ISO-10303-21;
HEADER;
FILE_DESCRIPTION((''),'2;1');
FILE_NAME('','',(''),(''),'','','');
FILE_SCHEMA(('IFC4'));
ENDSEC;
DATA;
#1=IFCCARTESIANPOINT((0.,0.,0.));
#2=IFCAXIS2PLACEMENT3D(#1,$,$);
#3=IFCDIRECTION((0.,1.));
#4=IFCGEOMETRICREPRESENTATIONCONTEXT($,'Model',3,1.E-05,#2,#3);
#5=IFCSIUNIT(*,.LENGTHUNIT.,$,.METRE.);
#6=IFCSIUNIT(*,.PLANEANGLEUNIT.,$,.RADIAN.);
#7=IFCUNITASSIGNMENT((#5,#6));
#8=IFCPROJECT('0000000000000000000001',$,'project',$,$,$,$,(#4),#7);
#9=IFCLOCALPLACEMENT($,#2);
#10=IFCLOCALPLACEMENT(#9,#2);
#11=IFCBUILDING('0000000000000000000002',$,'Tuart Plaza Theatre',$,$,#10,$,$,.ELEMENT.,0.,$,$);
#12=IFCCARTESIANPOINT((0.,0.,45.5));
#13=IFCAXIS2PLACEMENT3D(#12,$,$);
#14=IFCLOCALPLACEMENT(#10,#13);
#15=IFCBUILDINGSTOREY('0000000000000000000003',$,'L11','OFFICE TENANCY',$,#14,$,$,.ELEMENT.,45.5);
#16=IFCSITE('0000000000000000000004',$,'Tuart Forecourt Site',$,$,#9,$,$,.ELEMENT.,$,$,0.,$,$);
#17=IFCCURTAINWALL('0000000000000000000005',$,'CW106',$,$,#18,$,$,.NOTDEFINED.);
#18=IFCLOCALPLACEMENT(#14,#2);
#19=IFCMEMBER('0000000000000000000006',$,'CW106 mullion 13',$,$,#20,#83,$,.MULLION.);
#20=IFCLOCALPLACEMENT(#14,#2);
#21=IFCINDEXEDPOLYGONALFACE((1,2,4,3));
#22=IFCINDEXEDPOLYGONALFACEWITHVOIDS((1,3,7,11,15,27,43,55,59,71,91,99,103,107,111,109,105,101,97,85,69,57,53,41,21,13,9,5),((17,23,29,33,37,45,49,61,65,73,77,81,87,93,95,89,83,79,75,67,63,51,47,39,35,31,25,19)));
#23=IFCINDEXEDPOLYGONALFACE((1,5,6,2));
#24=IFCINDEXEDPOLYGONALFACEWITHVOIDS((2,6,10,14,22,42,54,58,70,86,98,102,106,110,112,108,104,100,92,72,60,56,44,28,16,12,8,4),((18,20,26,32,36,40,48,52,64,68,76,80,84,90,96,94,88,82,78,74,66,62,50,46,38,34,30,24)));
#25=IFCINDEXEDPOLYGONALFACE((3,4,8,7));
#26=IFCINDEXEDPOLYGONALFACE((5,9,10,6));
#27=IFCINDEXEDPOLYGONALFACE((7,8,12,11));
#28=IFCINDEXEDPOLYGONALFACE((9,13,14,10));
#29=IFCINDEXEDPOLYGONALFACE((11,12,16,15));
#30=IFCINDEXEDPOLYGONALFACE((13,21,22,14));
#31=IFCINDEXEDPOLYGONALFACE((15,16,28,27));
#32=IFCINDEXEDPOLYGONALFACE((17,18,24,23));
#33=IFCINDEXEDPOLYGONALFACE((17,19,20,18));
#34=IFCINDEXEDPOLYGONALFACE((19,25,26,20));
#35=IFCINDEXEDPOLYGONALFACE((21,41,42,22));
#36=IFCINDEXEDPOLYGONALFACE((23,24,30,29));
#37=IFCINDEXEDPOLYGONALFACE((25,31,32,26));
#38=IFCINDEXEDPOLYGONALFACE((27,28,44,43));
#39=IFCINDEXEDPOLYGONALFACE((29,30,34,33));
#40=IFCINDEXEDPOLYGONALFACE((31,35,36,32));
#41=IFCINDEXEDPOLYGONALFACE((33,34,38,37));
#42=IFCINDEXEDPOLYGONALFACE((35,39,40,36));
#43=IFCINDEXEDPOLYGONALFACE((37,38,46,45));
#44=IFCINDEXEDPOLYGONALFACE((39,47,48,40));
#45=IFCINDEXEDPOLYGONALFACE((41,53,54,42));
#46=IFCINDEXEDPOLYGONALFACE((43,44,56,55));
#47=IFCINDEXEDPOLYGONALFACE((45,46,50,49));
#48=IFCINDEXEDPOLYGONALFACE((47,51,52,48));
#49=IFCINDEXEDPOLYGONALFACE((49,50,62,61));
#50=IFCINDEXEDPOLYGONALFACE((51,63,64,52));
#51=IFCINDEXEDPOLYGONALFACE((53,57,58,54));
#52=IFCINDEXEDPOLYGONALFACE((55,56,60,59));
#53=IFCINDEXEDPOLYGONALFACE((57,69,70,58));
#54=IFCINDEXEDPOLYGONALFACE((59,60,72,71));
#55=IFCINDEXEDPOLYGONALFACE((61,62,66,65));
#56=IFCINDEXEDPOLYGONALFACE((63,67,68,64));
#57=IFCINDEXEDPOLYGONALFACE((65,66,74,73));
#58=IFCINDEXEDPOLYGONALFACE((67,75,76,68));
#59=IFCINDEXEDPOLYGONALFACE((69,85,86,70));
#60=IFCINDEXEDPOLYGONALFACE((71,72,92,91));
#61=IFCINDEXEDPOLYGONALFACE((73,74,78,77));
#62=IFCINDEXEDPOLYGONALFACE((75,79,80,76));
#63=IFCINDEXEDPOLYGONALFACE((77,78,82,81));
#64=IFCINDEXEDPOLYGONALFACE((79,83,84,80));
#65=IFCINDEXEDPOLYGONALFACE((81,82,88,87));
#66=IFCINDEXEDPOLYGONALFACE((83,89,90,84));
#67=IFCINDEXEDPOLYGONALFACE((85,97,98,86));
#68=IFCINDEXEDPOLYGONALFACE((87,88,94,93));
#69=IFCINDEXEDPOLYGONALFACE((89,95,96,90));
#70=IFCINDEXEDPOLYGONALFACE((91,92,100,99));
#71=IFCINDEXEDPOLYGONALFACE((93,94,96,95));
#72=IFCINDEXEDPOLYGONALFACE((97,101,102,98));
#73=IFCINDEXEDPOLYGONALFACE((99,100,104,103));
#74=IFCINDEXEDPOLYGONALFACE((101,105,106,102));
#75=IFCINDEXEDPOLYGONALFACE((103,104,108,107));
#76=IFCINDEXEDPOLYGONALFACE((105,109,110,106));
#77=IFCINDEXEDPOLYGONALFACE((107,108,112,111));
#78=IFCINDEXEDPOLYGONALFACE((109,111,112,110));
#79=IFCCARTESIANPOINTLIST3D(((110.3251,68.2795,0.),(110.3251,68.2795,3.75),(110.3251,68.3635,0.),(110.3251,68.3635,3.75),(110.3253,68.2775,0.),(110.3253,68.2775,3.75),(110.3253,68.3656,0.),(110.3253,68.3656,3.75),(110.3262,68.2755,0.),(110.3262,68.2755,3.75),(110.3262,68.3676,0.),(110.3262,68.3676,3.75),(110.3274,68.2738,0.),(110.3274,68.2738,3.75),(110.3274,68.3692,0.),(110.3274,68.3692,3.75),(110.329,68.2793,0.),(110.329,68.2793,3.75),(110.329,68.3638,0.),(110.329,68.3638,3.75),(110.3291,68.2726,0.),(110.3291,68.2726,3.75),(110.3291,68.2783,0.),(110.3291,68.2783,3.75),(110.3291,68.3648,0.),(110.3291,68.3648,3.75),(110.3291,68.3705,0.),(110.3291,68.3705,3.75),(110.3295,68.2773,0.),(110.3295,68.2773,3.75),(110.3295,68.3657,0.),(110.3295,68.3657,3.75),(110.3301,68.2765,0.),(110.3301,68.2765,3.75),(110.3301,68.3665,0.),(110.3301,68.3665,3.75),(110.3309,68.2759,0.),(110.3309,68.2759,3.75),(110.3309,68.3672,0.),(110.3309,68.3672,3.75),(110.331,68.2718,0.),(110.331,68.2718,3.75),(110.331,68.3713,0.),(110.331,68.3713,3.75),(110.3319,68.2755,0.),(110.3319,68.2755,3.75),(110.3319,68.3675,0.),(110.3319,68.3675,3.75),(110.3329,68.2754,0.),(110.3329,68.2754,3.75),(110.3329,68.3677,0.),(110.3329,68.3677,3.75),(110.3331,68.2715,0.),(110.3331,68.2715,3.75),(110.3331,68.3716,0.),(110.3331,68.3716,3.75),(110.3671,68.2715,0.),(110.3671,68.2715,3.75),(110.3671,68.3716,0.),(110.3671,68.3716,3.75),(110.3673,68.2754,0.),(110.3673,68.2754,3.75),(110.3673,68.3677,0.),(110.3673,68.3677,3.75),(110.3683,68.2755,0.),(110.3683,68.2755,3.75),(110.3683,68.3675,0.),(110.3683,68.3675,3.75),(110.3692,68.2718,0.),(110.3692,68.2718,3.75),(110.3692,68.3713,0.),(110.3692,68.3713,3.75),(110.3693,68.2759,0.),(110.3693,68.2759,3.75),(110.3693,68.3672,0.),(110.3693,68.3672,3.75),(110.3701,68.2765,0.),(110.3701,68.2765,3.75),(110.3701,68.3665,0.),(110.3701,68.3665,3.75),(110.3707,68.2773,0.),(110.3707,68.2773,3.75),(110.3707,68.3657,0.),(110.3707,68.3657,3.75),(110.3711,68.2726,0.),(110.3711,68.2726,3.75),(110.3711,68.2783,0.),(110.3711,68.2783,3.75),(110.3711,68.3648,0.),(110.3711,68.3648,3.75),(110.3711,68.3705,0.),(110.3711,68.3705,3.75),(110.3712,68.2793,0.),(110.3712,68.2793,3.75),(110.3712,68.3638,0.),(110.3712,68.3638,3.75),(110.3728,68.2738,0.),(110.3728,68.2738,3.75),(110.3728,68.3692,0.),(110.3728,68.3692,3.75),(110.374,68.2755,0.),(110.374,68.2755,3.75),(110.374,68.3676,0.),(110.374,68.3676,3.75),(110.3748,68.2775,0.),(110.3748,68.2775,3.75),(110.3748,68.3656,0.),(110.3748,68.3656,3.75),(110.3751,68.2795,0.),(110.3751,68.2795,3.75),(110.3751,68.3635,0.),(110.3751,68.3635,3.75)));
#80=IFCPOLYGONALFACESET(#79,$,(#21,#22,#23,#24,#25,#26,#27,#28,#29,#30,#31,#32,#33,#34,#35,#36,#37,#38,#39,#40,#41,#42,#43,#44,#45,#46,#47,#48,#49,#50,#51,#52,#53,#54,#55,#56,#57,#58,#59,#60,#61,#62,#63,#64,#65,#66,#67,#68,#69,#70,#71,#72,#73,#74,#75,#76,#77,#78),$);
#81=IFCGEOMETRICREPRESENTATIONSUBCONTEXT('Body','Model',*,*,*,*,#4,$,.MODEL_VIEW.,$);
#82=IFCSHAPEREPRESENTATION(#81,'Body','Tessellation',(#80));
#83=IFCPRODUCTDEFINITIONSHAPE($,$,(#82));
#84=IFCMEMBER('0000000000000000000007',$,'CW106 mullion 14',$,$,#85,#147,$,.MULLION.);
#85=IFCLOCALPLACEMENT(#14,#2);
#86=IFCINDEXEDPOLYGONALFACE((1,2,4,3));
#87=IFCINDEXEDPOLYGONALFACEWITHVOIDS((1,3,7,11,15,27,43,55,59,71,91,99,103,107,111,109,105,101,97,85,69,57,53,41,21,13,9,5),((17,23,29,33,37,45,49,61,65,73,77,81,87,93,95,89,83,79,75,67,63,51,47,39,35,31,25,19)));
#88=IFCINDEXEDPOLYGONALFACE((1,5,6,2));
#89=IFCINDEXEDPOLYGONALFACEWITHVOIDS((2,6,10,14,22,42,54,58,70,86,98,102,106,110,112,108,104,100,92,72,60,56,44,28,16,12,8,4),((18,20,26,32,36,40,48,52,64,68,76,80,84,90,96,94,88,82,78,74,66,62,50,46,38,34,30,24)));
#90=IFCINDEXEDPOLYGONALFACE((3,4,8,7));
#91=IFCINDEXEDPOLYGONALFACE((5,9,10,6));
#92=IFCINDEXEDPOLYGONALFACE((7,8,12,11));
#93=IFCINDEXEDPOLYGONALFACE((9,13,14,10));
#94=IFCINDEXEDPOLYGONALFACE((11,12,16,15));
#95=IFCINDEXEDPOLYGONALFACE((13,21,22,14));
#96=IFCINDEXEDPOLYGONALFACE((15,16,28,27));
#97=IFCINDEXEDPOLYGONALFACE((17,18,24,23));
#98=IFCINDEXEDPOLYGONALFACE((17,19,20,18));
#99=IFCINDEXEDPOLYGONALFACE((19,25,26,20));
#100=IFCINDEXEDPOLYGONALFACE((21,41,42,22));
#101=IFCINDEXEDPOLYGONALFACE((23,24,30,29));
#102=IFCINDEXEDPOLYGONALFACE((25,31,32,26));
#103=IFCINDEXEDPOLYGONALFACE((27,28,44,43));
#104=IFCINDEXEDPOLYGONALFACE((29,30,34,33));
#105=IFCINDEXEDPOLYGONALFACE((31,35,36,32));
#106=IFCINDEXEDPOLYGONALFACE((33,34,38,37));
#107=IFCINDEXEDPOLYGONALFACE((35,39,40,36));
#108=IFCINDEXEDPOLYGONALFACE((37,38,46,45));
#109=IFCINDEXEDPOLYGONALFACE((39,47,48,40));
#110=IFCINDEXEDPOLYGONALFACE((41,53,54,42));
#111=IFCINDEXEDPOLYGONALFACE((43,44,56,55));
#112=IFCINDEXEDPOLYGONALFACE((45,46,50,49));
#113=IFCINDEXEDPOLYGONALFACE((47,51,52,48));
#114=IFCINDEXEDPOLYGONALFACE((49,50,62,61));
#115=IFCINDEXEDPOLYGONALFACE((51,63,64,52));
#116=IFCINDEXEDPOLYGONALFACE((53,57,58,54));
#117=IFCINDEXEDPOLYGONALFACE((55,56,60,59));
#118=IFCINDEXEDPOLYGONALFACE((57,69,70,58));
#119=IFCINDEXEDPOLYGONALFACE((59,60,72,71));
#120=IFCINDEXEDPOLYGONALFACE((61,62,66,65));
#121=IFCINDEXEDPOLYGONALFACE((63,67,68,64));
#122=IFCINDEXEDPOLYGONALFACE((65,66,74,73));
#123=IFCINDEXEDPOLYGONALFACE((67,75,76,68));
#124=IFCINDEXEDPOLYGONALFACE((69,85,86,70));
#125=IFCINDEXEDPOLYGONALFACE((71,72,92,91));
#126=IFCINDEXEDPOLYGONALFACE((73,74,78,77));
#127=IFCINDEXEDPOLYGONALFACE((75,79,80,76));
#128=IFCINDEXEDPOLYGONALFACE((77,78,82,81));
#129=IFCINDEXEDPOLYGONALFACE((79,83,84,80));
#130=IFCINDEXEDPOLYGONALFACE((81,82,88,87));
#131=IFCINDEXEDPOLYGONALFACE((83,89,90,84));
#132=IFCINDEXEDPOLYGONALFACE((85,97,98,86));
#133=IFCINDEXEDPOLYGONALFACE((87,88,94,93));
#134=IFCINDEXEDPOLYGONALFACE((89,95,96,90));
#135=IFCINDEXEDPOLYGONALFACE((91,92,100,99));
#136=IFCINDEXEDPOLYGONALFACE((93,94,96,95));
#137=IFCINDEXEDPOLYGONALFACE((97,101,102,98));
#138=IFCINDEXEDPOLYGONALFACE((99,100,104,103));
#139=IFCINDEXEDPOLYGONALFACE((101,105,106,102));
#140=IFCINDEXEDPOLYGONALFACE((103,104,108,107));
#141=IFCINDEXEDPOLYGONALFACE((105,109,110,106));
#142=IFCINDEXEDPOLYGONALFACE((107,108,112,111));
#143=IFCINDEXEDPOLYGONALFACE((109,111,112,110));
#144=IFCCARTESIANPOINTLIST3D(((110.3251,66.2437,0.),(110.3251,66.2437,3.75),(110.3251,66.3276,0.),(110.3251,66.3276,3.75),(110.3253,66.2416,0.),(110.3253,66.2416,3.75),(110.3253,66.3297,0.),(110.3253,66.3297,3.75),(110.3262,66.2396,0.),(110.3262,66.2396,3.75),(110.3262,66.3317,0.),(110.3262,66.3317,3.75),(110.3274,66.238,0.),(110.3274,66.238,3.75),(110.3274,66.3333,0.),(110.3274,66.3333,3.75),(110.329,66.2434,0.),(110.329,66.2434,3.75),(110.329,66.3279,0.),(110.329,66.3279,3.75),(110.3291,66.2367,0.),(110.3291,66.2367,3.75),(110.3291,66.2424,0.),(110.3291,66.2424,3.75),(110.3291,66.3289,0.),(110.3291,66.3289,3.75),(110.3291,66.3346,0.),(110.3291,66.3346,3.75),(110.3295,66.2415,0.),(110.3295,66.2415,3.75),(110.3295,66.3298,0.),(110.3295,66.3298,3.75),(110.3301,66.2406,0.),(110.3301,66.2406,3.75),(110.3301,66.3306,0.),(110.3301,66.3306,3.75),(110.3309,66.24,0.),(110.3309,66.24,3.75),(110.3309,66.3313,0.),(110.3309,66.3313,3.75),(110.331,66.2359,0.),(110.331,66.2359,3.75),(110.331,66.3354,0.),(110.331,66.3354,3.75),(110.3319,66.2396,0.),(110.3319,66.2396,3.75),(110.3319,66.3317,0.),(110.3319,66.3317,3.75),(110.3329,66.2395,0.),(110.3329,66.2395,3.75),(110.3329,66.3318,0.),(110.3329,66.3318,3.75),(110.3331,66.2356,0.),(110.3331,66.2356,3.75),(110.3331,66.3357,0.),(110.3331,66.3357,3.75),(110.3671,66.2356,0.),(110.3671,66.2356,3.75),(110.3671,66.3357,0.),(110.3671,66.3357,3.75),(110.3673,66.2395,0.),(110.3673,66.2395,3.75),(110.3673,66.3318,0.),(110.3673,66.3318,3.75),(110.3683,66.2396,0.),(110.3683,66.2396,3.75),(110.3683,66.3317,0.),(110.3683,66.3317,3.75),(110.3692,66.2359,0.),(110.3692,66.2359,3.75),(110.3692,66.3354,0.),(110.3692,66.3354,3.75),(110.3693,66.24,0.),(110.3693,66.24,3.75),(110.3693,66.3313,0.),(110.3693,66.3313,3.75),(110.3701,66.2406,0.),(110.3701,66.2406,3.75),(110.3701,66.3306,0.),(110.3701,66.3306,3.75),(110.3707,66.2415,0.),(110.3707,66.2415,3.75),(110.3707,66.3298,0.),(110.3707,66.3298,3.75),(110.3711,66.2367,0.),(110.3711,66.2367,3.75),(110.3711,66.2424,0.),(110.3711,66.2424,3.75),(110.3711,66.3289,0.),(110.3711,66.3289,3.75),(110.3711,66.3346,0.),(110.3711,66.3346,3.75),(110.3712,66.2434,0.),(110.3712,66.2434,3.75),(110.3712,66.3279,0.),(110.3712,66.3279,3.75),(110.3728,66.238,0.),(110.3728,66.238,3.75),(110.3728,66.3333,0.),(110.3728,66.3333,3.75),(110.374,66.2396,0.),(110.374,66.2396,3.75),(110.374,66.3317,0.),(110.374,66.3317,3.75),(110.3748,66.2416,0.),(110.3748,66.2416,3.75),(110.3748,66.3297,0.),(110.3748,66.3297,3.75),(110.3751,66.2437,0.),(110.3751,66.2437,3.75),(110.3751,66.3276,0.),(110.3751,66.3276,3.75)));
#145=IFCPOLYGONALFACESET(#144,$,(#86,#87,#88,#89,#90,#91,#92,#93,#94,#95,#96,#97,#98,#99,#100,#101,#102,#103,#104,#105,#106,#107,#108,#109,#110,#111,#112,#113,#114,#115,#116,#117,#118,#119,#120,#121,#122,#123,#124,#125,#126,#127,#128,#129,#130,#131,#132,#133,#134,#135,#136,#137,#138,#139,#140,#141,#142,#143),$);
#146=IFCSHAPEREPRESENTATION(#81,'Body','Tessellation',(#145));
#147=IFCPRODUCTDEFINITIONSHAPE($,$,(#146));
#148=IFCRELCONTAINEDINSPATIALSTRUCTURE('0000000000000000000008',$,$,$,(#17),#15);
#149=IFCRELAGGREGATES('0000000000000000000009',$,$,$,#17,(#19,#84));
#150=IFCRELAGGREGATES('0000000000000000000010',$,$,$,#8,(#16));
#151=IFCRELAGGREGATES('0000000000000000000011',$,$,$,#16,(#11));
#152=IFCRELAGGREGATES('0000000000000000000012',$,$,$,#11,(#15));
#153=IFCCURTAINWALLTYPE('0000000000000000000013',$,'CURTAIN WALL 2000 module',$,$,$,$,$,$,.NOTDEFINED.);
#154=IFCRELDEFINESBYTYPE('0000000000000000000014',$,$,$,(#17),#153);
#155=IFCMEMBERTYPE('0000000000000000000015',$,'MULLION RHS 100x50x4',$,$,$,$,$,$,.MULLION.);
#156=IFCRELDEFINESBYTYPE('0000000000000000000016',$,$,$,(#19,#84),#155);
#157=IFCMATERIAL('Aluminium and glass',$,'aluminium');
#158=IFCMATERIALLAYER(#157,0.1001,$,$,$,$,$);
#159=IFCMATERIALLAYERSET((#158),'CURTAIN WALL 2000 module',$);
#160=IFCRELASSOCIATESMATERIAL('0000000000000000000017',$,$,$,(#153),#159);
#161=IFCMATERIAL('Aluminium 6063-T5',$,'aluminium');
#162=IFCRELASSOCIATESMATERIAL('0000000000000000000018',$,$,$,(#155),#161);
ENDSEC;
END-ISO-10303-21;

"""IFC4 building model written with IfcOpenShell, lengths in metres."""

from ifc_helpers import new_model, si_unit, direction, frame, origin, origin_2d, place, context, subcontext, project, spatial, hollow_rectangle, extrude, material, layer, layer_set, material_profile, profile_set, type_object, element, aggregate, save


model = new_model("IFC4")

# Units and contexts
model_context = context("Model", 3, precision=1e-05, world=origin(), true_north=direction((0.0, 1.0)))
body_context = subcontext(model_context, "Body", "Model", "MODEL_VIEW")
ifc_project = project(units=[si_unit("LENGTHUNIT", "METRE"), si_unit("PLANEANGLEUNIT", "RADIAN")], contexts=[model_context])

# Site, building, storey
site_placement = place(None, origin())
site = spatial("IfcSite", under=ifc_project, at=site_placement, Name="Tuart Forecourt Site", CompositionType="ELEMENT", RefElevation=0.0)
building_placement = place(site_placement, origin())
building = spatial("IfcBuilding", under=site, at=building_placement, Name="Tuart Plaza Theatre", CompositionType="ELEMENT", ElevationOfRefHeight=0.0)
storey_placement = place(building_placement, frame((0.0, 0.0, 45.5)))
storey = spatial("IfcBuildingStorey", under=building, at=storey_placement, Name="L11", Description="OFFICE TENANCY", CompositionType="ELEMENT", Elevation=45.5)

# Curtain wall, members
ifc_material_1 = material(Name="Aluminium and glass", Category="aluminium")
ifc_layer_1 = layer(ifc_material_1, 0.1001)
ifc_layer_set_1 = layer_set([ifc_layer_1], Name="CURTAIN WALL 2000 module")
curtain_wall_type = type_object("IfcCurtainWallType", Name="CURTAIN WALL 2000 module", PredefinedType="NOTDEFINED", material=ifc_layer_set_1)
curtain_wall_placement = place(storey_placement, origin())
curtain_wall = element("IfcCurtainWall", 1, at=curtain_wall_placement, inside=storey, type_object=curtain_wall_type, Name="CW106", PredefinedType="NOTDEFINED")
ifc_material_2 = material(Name="Aluminium 6063-T5", Category="aluminium")
ifc_material_profile_1 = material_profile(ifc_material_2, hollow_rectangle(XDim=0.05, YDim=0.1001, WallThickness=0.0039, InnerFilletRadius=0.0039, OuterFilletRadius=0.0081, at=origin_2d()), Name="RHS 100x50x4")
ifc_profile_set_1 = profile_set([ifc_material_profile_1], Name="Aluminium 6063-T5")
member_type_1 = type_object("IfcMemberType", Name="MULLION RHS 100x50x4", PredefinedType="MULLION", material=ifc_profile_set_1)
member_1_placement = place(storey_placement, frame((110.3501, 68.3215, 0.0), z_axis=(0.0, 0.0, 1.0), x_axis=(1.0, 0.0, 0.0)))
member_1 = element("IfcMember", 2, at=member_1_placement, type_object=member_type_1, Name="CW106 mullion 13", PredefinedType="MULLION", context=body_context, shape_type="SweptSolid", body=[
    extrude(hollow_rectangle(XDim=0.05, YDim=0.1001, WallThickness=0.0039, InnerFilletRadius=0.0039, OuterFilletRadius=0.0081, at=origin_2d()), origin(), (0.0, 0.0, 1.0), 3.75),
])
member_2_placement = place(storey_placement, frame((110.3501, 66.2856, 0.0), z_axis=(0.0, 0.0, 1.0), x_axis=(1.0, 0.0, 0.0)))
member_2 = element("IfcMember", 3, at=member_2_placement, type_object=member_type_1, Name="CW106 mullion 14", PredefinedType="MULLION", context=body_context, shape_type="SweptSolid", body=[
    extrude(hollow_rectangle(XDim=0.05, YDim=0.1001, WallThickness=0.0039, InnerFilletRadius=0.0039, OuterFilletRadius=0.0081, at=origin_2d()), origin(), (0.0, 0.0, 1.0), 3.75),
])
aggregate(curtain_wall, [member_1, member_2])

save(model, "model.ifc")
